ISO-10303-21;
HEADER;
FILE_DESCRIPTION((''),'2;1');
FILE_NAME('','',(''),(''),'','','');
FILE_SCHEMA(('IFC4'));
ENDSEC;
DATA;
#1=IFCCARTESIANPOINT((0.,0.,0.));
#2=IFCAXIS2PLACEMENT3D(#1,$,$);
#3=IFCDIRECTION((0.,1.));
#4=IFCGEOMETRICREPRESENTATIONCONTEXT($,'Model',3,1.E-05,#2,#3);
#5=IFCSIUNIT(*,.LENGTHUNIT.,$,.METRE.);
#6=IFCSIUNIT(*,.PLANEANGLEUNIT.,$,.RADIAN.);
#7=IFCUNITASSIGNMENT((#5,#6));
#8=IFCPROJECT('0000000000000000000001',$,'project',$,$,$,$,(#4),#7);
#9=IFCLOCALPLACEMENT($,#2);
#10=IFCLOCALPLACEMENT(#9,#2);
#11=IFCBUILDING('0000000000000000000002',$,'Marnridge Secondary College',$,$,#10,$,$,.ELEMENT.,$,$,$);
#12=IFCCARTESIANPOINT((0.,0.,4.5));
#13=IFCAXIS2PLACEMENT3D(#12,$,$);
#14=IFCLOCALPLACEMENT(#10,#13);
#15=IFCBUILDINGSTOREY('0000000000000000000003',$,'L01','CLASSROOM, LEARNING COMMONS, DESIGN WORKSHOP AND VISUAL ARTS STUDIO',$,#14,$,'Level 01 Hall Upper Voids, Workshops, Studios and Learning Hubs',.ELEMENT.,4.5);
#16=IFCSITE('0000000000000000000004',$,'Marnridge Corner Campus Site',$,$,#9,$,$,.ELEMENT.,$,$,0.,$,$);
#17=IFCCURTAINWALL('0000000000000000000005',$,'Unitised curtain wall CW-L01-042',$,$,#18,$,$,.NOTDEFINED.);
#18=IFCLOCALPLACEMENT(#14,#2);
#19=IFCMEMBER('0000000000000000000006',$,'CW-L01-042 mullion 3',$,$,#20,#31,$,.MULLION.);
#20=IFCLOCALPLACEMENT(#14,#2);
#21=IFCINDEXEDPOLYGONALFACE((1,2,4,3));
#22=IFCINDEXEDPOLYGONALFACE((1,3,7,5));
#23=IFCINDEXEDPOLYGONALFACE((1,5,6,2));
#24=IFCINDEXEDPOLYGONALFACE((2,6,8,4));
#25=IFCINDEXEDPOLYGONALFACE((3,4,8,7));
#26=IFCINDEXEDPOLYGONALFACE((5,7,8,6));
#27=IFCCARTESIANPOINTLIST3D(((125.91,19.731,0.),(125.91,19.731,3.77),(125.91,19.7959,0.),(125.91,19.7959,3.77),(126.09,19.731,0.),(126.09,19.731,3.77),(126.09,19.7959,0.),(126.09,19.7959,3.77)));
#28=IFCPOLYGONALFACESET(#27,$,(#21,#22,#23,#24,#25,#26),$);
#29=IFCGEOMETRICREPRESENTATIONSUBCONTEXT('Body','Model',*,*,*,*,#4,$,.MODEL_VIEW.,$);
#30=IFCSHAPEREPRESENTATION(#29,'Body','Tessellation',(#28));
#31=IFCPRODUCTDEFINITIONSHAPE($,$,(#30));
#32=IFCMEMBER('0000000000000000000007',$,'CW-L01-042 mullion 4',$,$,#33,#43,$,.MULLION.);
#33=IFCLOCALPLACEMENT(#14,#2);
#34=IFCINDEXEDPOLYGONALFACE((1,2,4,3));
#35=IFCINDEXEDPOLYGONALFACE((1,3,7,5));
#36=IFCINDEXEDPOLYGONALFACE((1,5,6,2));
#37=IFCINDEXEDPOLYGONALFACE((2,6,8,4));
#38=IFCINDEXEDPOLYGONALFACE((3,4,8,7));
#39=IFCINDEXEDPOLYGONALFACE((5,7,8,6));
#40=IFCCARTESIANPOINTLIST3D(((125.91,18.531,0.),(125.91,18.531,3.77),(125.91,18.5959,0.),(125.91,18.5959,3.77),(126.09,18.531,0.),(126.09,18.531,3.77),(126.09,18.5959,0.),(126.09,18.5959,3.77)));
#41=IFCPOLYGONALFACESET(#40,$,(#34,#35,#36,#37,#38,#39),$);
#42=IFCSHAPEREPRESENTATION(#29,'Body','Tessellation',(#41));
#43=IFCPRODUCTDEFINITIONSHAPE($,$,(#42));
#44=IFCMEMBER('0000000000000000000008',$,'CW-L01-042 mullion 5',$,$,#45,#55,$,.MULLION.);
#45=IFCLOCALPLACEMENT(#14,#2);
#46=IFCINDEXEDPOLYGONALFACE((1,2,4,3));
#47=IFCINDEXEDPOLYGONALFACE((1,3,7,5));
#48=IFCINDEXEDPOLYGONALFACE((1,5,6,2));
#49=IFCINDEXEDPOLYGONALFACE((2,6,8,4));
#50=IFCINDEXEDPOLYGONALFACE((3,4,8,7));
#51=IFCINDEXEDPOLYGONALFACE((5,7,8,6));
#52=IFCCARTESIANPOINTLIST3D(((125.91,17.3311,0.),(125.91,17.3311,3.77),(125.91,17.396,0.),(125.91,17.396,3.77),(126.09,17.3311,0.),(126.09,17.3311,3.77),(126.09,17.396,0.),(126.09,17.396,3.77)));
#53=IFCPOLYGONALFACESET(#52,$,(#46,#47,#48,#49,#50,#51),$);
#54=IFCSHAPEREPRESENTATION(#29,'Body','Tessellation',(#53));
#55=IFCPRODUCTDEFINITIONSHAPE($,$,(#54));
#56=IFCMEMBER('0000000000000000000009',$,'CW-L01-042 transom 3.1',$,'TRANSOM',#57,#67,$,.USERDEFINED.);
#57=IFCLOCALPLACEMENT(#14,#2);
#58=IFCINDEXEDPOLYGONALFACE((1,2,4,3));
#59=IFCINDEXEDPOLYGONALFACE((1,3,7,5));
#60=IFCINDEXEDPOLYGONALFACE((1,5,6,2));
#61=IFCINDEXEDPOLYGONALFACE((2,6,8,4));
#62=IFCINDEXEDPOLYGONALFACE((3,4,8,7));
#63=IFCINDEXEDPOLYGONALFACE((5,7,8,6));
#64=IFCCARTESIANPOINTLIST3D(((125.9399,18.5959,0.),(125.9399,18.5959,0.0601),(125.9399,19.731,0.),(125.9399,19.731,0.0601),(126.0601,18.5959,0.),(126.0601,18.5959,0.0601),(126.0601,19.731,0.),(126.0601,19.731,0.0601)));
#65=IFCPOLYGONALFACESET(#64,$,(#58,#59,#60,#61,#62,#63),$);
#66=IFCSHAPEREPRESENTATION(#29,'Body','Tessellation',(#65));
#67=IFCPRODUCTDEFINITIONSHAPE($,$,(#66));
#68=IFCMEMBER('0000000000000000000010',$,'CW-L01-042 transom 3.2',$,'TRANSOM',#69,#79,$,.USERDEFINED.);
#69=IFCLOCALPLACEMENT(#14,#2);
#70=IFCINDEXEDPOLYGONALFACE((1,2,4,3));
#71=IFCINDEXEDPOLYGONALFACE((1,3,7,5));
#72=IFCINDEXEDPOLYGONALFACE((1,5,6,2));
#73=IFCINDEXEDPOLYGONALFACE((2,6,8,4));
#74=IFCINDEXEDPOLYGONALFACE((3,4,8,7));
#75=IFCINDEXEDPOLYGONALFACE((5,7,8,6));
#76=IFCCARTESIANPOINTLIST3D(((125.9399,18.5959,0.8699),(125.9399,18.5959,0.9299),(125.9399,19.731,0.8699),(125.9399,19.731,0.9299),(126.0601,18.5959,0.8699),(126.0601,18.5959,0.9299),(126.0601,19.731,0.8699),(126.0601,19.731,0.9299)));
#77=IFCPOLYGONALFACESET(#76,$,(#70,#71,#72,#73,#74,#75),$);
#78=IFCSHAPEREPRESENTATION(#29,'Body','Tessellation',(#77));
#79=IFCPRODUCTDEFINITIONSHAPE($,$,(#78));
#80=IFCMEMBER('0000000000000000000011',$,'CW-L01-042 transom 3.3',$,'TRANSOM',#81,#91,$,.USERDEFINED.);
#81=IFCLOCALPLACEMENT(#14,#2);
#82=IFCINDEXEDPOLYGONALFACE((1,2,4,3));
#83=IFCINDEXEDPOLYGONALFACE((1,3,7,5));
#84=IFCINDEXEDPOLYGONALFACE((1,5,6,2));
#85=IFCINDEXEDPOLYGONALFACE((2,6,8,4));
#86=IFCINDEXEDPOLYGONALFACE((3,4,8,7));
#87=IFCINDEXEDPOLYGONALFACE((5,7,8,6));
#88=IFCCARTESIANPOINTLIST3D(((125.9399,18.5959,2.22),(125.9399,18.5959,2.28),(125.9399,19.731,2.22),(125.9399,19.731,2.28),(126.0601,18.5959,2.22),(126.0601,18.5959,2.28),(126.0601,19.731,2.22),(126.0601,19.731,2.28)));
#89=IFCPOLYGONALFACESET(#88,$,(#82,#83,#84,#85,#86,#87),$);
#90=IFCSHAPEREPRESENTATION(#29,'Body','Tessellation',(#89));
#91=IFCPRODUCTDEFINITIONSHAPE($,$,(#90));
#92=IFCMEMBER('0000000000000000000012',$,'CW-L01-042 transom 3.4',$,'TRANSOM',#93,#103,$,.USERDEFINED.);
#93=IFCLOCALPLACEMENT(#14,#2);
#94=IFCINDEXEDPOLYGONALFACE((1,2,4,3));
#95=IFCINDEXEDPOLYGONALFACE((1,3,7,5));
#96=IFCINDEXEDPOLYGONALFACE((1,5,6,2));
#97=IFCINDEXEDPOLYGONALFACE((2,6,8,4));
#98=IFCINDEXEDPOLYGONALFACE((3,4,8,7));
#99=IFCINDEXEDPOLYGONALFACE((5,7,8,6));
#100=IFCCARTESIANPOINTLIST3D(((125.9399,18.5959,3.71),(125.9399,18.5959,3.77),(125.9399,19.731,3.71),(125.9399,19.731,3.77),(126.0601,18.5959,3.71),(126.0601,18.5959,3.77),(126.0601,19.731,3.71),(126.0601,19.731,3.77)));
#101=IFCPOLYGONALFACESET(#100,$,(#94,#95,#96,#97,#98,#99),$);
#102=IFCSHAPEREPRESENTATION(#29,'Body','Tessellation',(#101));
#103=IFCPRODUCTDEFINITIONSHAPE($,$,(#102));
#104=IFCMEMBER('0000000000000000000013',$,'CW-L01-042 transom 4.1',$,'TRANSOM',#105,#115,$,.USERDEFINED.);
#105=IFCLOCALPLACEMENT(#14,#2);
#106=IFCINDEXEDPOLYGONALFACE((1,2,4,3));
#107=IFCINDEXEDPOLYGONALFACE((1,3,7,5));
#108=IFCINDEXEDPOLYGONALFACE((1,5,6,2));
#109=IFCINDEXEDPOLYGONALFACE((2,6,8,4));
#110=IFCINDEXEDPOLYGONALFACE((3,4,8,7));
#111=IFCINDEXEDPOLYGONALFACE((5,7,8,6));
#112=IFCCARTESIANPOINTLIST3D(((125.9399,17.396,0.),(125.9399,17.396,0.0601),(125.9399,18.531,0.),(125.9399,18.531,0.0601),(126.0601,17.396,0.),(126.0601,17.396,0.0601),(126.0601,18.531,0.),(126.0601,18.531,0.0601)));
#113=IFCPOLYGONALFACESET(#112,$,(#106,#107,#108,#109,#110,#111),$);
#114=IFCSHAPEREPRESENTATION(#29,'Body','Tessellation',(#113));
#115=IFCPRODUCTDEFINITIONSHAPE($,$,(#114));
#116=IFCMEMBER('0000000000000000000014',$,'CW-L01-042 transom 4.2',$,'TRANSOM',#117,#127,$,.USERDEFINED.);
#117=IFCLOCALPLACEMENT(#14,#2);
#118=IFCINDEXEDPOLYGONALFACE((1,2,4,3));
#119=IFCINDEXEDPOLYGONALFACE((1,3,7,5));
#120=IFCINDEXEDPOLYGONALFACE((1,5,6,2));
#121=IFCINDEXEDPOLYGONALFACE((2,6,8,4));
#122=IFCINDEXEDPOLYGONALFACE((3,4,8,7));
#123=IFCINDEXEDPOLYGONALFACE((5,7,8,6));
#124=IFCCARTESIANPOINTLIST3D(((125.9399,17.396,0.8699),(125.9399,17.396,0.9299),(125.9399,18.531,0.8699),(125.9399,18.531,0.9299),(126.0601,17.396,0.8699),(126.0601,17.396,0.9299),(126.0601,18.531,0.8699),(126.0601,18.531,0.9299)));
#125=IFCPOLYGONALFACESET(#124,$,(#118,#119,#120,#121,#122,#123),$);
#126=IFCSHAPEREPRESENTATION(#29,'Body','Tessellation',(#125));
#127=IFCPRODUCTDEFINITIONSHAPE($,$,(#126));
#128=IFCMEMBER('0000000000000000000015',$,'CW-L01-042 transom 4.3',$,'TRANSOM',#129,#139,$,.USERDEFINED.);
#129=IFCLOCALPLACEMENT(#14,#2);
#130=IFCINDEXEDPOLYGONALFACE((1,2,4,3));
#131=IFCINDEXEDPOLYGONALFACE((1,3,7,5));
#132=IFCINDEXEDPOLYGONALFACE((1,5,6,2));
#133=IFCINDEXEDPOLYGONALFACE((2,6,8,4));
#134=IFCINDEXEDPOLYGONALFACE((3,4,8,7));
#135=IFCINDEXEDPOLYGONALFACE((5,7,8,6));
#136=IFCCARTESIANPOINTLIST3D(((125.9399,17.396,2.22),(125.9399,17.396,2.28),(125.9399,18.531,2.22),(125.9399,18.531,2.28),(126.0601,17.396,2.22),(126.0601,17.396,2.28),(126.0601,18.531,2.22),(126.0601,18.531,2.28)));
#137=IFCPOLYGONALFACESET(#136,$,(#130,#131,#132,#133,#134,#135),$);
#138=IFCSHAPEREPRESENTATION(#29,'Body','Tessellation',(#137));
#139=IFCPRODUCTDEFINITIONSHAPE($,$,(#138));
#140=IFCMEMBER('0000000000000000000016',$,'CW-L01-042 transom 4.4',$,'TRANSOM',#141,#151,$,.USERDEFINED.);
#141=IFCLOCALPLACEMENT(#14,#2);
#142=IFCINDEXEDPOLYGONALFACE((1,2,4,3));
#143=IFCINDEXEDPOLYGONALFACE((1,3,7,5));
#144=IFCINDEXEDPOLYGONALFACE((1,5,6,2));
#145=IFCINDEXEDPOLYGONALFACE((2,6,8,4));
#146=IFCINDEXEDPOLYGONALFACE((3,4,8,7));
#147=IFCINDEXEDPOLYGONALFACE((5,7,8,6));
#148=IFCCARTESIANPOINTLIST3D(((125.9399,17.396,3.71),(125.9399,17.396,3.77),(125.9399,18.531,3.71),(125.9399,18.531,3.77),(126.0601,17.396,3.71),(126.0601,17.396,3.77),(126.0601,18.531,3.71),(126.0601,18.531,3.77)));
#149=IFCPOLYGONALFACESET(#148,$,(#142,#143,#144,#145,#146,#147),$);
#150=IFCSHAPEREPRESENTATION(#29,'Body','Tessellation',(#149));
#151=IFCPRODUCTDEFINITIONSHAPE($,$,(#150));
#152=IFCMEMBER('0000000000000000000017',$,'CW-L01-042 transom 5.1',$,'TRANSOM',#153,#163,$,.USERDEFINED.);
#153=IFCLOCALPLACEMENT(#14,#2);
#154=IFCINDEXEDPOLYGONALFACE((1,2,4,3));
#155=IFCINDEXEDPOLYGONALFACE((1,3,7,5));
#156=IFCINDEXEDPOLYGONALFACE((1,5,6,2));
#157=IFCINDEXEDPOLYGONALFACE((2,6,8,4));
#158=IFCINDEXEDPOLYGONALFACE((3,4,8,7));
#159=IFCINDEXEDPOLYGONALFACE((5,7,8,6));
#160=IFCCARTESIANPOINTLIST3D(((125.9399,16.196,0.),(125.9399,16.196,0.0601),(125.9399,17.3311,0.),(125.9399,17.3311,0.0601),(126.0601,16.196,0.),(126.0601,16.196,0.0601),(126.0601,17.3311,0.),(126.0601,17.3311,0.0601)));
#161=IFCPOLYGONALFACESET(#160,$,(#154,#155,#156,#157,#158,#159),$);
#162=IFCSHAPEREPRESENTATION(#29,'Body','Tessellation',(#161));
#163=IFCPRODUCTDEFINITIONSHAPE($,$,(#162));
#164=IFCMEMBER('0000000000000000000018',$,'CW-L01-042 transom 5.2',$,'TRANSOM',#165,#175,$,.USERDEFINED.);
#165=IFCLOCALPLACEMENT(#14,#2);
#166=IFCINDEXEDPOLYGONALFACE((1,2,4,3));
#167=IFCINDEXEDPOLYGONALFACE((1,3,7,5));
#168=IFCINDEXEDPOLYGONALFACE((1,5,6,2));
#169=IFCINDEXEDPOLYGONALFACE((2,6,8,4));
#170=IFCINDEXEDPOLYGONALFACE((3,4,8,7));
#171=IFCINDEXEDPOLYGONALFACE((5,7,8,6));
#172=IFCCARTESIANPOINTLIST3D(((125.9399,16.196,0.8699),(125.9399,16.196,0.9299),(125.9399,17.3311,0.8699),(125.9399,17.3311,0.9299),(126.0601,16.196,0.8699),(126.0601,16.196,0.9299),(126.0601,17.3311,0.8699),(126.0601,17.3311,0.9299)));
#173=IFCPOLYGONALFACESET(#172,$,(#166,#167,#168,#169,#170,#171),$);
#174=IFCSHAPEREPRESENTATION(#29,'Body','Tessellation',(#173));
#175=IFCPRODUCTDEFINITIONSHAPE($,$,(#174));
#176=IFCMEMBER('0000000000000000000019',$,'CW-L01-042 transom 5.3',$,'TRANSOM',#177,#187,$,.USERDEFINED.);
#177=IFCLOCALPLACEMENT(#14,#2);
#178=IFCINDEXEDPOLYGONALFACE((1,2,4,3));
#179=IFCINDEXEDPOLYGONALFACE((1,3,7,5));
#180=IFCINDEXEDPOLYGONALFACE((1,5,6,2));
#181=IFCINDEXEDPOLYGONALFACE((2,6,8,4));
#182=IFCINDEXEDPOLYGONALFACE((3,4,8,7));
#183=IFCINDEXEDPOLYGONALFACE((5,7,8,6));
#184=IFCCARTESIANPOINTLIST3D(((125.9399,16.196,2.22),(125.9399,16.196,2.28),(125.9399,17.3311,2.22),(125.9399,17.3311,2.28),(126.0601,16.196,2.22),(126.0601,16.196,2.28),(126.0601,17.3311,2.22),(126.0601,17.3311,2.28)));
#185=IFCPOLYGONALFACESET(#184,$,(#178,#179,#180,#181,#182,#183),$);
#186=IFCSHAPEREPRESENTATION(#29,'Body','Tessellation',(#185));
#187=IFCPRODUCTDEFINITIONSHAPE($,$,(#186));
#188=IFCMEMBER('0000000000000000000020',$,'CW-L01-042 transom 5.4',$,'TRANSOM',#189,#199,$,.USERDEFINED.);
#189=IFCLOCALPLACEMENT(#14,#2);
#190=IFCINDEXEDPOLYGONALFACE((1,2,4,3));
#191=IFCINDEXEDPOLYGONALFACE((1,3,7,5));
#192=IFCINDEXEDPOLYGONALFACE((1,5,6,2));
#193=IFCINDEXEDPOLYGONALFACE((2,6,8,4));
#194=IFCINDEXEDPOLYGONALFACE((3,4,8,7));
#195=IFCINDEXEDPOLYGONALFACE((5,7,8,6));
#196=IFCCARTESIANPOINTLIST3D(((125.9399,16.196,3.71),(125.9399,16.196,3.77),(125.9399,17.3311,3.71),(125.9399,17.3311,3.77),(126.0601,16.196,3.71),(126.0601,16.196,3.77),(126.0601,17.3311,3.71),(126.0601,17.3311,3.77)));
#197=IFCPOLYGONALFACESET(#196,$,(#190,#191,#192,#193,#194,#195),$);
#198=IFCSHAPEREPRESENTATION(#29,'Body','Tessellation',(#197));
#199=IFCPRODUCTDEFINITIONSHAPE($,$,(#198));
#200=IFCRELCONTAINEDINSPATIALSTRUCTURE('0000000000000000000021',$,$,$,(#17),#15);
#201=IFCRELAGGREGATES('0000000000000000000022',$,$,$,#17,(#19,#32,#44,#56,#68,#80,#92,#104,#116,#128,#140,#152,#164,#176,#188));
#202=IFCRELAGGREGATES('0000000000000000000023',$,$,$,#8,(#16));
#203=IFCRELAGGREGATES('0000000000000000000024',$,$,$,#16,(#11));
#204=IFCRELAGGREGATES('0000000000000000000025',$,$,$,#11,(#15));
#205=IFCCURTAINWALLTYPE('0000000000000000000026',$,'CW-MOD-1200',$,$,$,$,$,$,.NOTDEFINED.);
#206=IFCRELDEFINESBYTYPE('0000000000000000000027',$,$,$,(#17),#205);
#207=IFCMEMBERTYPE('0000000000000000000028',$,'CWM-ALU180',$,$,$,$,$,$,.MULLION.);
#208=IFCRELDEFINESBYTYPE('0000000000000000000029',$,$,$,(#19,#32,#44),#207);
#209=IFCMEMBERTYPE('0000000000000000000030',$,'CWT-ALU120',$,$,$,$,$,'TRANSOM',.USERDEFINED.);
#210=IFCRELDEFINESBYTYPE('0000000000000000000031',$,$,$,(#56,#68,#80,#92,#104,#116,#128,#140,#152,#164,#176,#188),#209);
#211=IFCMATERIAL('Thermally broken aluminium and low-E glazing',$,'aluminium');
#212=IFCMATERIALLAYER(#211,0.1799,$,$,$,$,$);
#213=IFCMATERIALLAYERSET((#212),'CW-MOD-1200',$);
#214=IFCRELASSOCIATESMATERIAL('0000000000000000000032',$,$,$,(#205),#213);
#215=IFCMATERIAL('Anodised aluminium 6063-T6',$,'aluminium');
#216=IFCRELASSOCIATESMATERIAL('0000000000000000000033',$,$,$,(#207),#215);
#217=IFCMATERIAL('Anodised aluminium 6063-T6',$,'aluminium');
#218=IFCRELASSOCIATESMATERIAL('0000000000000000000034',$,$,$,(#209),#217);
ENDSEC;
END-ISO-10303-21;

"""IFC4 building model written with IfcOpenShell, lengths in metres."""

from ifc_helpers import new_model, si_unit, direction, frame, origin, origin_2d, place, context, subcontext, project, spatial, rectangle, extrude, material, layer, layer_set, material_profile, profile_set, type_object, element, aggregate, save


model = new_model("IFC4")

# Units and contexts
model_context = context("Model", 3, precision=1e-05, world=origin(), true_north=direction((0.0, 1.0)))
body_context = subcontext(model_context, "Body", "Model", "MODEL_VIEW")
ifc_project = project(units=[si_unit("LENGTHUNIT", "METRE"), si_unit("PLANEANGLEUNIT", "RADIAN")], contexts=[model_context])

# Site, building, storey
site_placement = place(None, origin())
site = spatial("IfcSite", under=ifc_project, at=site_placement, Name="Marnridge Corner Campus Site", CompositionType="ELEMENT", RefElevation=0.0)
building_placement = place(site_placement, origin())
building = spatial("IfcBuilding", under=site, at=building_placement, Name="Marnridge Secondary College", CompositionType="ELEMENT")
storey_placement = place(building_placement, frame((0.0, 0.0, 4.5)))
storey = spatial("IfcBuildingStorey", under=building, at=storey_placement, Name="L01", Description="CLASSROOM, LEARNING COMMONS, DESIGN WORKSHOP AND VISUAL ARTS STUDIO", LongName="Level 01 Hall Upper Voids, Workshops, Studios and Learning Hubs", CompositionType="ELEMENT", Elevation=4.5)

# Curtain wall, members
ifc_material_1 = material(Name="Thermally broken aluminium and low-E glazing", Category="aluminium")
ifc_layer_1 = layer(ifc_material_1, 0.1799)
ifc_layer_set_1 = layer_set([ifc_layer_1], Name="CW-MOD-1200")
curtain_wall_type = type_object("IfcCurtainWallType", Name="CW-MOD-1200", PredefinedType="NOTDEFINED", material=ifc_layer_set_1)
curtain_wall_placement = place(storey_placement, origin())
curtain_wall = element("IfcCurtainWall", 1, at=curtain_wall_placement, inside=storey, type_object=curtain_wall_type, Name="Unitised curtain wall CW-L01-042", PredefinedType="NOTDEFINED")
ifc_material_2 = material(Name="Anodised aluminium 6063-T6", Category="aluminium")
ifc_material_profile_1 = material_profile(ifc_material_2, rectangle(XDim=0.0649, YDim=0.1799, at=origin_2d()), Name="ALU 65x180")
ifc_profile_set_1 = profile_set([ifc_material_profile_1], Name="Anodised aluminium 6063-T6")
member_type_1 = type_object("IfcMemberType", Name="CWM-ALU180", PredefinedType="MULLION", material=ifc_profile_set_1)
member_1_placement = place(storey_placement, frame((126.0, 19.7634, 0.0), z_axis=(0.0, 0.0, 1.0), x_axis=(0.0, -1.0, 0.0)))
member_1 = element("IfcMember", 2, at=member_1_placement, type_object=member_type_1, Name="CW-L01-042 mullion 3", PredefinedType="MULLION", context=body_context, shape_type="SweptSolid", body=[
    extrude(rectangle(XDim=0.0649, YDim=0.1799, at=origin_2d()), origin(), (0.0, 0.0, 1.0), 3.77),
])
member_2_placement = place(storey_placement, frame((126.0, 18.5635, 0.0), z_axis=(0.0, 0.0, 1.0), x_axis=(0.0, -1.0, 0.0)))
member_2 = element("IfcMember", 3, at=member_2_placement, type_object=member_type_1, Name="CW-L01-042 mullion 4", PredefinedType="MULLION", context=body_context, shape_type="SweptSolid", body=[
    extrude(rectangle(XDim=0.0649, YDim=0.1799, at=origin_2d()), origin(), (0.0, 0.0, 1.0), 3.77),
])
member_3_placement = place(storey_placement, frame((126.0, 17.3635, 0.0), z_axis=(0.0, 0.0, 1.0), x_axis=(0.0, -1.0, 0.0)))
member_3 = element("IfcMember", 4, at=member_3_placement, type_object=member_type_1, Name="CW-L01-042 mullion 5", PredefinedType="MULLION", context=body_context, shape_type="SweptSolid", body=[
    extrude(rectangle(XDim=0.0649, YDim=0.1799, at=origin_2d()), origin(), (0.0, 0.0, 1.0), 3.77),
])
ifc_material_3 = material(Name="Anodised aluminium 6063-T6", Category="aluminium")
ifc_material_profile_2 = material_profile(ifc_material_3, rectangle(XDim=0.0601, YDim=0.1201, at=origin_2d()), Name="ALU 60x120")
ifc_profile_set_2 = profile_set([ifc_material_profile_2], Name="Anodised aluminium 6063-T6")
member_type_2 = type_object("IfcMemberType", Name="CWT-ALU120", ElementType="TRANSOM", PredefinedType="USERDEFINED", material=ifc_profile_set_2)
member_4_placement = place(storey_placement, frame((126.0, 19.731, 0.03), z_axis=(0.0, -1.0, 0.0), x_axis=(0.0, 0.0, 1.0)))
member_4 = element("IfcMember", 5, at=member_4_placement, type_object=member_type_2, Name="CW-L01-042 transom 3.1", ObjectType="TRANSOM", PredefinedType="USERDEFINED", context=body_context, shape_type="SweptSolid", body=[
    extrude(rectangle(XDim=0.0601, YDim=0.1201, at=origin_2d()), origin(), (0.0, 0.0, 1.0), 1.135),
])
member_5_placement = place(storey_placement, frame((126.0, 19.731, 0.8999), z_axis=(0.0, -1.0, 0.0), x_axis=(0.0, 0.0, 1.0)))
member_5 = element("IfcMember", 6, at=member_5_placement, type_object=member_type_2, Name="CW-L01-042 transom 3.2", ObjectType="TRANSOM", PredefinedType="USERDEFINED", context=body_context, shape_type="SweptSolid", body=[
    extrude(rectangle(XDim=0.0601, YDim=0.1201, at=origin_2d()), origin(), (0.0, 0.0, 1.0), 1.135),
])
member_6_placement = place(storey_placement, frame((126.0, 19.731, 2.25), z_axis=(0.0, -1.0, 0.0), x_axis=(0.0, 0.0, 1.0)))
member_6 = element("IfcMember", 7, at=member_6_placement, type_object=member_type_2, Name="CW-L01-042 transom 3.3", ObjectType="TRANSOM", PredefinedType="USERDEFINED", context=body_context, shape_type="SweptSolid", body=[
    extrude(rectangle(XDim=0.0601, YDim=0.1201, at=origin_2d()), origin(), (0.0, 0.0, 1.0), 1.135),
])
member_7_placement = place(storey_placement, frame((126.0, 19.731, 3.74), z_axis=(0.0, -1.0, 0.0), x_axis=(0.0, 0.0, 1.0)))
member_7 = element("IfcMember", 8, at=member_7_placement, type_object=member_type_2, Name="CW-L01-042 transom 3.4", ObjectType="TRANSOM", PredefinedType="USERDEFINED", context=body_context, shape_type="SweptSolid", body=[
    extrude(rectangle(XDim=0.0601, YDim=0.1201, at=origin_2d()), origin(), (0.0, 0.0, 1.0), 1.135),
])
member_8_placement = place(storey_placement, frame((126.0, 18.531, 0.03), z_axis=(0.0, -1.0, 0.0), x_axis=(0.0, 0.0, 1.0)))
member_8 = element("IfcMember", 9, at=member_8_placement, type_object=member_type_2, Name="CW-L01-042 transom 4.1", ObjectType="TRANSOM", PredefinedType="USERDEFINED", context=body_context, shape_type="SweptSolid", body=[
    extrude(rectangle(XDim=0.0601, YDim=0.1201, at=origin_2d()), origin(), (0.0, 0.0, 1.0), 1.135),
])
member_9_placement = place(storey_placement, frame((126.0, 18.531, 0.8999), z_axis=(0.0, -1.0, 0.0), x_axis=(0.0, 0.0, 1.0)))
member_9 = element("IfcMember", 10, at=member_9_placement, type_object=member_type_2, Name="CW-L01-042 transom 4.2", ObjectType="TRANSOM", PredefinedType="USERDEFINED", context=body_context, shape_type="SweptSolid", body=[
    extrude(rectangle(XDim=0.0601, YDim=0.1201, at=origin_2d()), origin(), (0.0, 0.0, 1.0), 1.135),
])
member_10_placement = place(storey_placement, frame((126.0, 18.531, 2.25), z_axis=(0.0, -1.0, 0.0), x_axis=(0.0, 0.0, 1.0)))
member_10 = element("IfcMember", 11, at=member_10_placement, type_object=member_type_2, Name="CW-L01-042 transom 4.3", ObjectType="TRANSOM", PredefinedType="USERDEFINED", context=body_context, shape_type="SweptSolid", body=[
    extrude(rectangle(XDim=0.0601, YDim=0.1201, at=origin_2d()), origin(), (0.0, 0.0, 1.0), 1.135),
])
member_11_placement = place(storey_placement, frame((126.0, 18.531, 3.74), z_axis=(0.0, -1.0, 0.0), x_axis=(0.0, 0.0, 1.0)))
member_11 = element("IfcMember", 12, at=member_11_placement, type_object=member_type_2, Name="CW-L01-042 transom 4.4", ObjectType="TRANSOM", PredefinedType="USERDEFINED", context=body_context, shape_type="SweptSolid", body=[
    extrude(rectangle(XDim=0.0601, YDim=0.1201, at=origin_2d()), origin(), (0.0, 0.0, 1.0), 1.135),
])
member_12_placement = place(storey_placement, frame((126.0, 17.3311, 0.03), z_axis=(0.0, -1.0, 0.0), x_axis=(0.0, 0.0, 1.0)))
member_12 = element("IfcMember", 13, at=member_12_placement, type_object=member_type_2, Name="CW-L01-042 transom 5.1", ObjectType="TRANSOM", PredefinedType="USERDEFINED", context=body_context, shape_type="SweptSolid", body=[
    extrude(rectangle(XDim=0.0601, YDim=0.1201, at=origin_2d()), origin(), (0.0, 0.0, 1.0), 1.135),
])
member_13_placement = place(storey_placement, frame((126.0, 17.3311, 0.8999), z_axis=(0.0, -1.0, 0.0), x_axis=(0.0, 0.0, 1.0)))
member_13 = element("IfcMember", 14, at=member_13_placement, type_object=member_type_2, Name="CW-L01-042 transom 5.2", ObjectType="TRANSOM", PredefinedType="USERDEFINED", context=body_context, shape_type="SweptSolid", body=[
    extrude(rectangle(XDim=0.0601, YDim=0.1201, at=origin_2d()), origin(), (0.0, 0.0, 1.0), 1.135),
])
member_14_placement = place(storey_placement, frame((126.0, 17.3311, 2.25), z_axis=(0.0, -1.0, 0.0), x_axis=(0.0, 0.0, 1.0)))
member_14 = element("IfcMember", 15, at=member_14_placement, type_object=member_type_2, Name="CW-L01-042 transom 5.3", ObjectType="TRANSOM", PredefinedType="USERDEFINED", context=body_context, shape_type="SweptSolid", body=[
    extrude(rectangle(XDim=0.0601, YDim=0.1201, at=origin_2d()), origin(), (0.0, 0.0, 1.0), 1.135),
])
member_15_placement = place(storey_placement, frame((126.0, 17.3311, 3.74), z_axis=(0.0, -1.0, 0.0), x_axis=(0.0, 0.0, 1.0)))
member_15 = element("IfcMember", 16, at=member_15_placement, type_object=member_type_2, Name="CW-L01-042 transom 5.4", ObjectType="TRANSOM", PredefinedType="USERDEFINED", context=body_context, shape_type="SweptSolid", body=[
    extrude(rectangle(XDim=0.0601, YDim=0.1201, at=origin_2d()), origin(), (0.0, 0.0, 1.0), 1.135),
])
aggregate(curtain_wall, [member_1, member_2, member_3, member_4, member_5, member_6, member_7, member_8, member_9, member_10, member_11, member_12, member_13, member_14, member_15])

save(model, "model.ifc")
